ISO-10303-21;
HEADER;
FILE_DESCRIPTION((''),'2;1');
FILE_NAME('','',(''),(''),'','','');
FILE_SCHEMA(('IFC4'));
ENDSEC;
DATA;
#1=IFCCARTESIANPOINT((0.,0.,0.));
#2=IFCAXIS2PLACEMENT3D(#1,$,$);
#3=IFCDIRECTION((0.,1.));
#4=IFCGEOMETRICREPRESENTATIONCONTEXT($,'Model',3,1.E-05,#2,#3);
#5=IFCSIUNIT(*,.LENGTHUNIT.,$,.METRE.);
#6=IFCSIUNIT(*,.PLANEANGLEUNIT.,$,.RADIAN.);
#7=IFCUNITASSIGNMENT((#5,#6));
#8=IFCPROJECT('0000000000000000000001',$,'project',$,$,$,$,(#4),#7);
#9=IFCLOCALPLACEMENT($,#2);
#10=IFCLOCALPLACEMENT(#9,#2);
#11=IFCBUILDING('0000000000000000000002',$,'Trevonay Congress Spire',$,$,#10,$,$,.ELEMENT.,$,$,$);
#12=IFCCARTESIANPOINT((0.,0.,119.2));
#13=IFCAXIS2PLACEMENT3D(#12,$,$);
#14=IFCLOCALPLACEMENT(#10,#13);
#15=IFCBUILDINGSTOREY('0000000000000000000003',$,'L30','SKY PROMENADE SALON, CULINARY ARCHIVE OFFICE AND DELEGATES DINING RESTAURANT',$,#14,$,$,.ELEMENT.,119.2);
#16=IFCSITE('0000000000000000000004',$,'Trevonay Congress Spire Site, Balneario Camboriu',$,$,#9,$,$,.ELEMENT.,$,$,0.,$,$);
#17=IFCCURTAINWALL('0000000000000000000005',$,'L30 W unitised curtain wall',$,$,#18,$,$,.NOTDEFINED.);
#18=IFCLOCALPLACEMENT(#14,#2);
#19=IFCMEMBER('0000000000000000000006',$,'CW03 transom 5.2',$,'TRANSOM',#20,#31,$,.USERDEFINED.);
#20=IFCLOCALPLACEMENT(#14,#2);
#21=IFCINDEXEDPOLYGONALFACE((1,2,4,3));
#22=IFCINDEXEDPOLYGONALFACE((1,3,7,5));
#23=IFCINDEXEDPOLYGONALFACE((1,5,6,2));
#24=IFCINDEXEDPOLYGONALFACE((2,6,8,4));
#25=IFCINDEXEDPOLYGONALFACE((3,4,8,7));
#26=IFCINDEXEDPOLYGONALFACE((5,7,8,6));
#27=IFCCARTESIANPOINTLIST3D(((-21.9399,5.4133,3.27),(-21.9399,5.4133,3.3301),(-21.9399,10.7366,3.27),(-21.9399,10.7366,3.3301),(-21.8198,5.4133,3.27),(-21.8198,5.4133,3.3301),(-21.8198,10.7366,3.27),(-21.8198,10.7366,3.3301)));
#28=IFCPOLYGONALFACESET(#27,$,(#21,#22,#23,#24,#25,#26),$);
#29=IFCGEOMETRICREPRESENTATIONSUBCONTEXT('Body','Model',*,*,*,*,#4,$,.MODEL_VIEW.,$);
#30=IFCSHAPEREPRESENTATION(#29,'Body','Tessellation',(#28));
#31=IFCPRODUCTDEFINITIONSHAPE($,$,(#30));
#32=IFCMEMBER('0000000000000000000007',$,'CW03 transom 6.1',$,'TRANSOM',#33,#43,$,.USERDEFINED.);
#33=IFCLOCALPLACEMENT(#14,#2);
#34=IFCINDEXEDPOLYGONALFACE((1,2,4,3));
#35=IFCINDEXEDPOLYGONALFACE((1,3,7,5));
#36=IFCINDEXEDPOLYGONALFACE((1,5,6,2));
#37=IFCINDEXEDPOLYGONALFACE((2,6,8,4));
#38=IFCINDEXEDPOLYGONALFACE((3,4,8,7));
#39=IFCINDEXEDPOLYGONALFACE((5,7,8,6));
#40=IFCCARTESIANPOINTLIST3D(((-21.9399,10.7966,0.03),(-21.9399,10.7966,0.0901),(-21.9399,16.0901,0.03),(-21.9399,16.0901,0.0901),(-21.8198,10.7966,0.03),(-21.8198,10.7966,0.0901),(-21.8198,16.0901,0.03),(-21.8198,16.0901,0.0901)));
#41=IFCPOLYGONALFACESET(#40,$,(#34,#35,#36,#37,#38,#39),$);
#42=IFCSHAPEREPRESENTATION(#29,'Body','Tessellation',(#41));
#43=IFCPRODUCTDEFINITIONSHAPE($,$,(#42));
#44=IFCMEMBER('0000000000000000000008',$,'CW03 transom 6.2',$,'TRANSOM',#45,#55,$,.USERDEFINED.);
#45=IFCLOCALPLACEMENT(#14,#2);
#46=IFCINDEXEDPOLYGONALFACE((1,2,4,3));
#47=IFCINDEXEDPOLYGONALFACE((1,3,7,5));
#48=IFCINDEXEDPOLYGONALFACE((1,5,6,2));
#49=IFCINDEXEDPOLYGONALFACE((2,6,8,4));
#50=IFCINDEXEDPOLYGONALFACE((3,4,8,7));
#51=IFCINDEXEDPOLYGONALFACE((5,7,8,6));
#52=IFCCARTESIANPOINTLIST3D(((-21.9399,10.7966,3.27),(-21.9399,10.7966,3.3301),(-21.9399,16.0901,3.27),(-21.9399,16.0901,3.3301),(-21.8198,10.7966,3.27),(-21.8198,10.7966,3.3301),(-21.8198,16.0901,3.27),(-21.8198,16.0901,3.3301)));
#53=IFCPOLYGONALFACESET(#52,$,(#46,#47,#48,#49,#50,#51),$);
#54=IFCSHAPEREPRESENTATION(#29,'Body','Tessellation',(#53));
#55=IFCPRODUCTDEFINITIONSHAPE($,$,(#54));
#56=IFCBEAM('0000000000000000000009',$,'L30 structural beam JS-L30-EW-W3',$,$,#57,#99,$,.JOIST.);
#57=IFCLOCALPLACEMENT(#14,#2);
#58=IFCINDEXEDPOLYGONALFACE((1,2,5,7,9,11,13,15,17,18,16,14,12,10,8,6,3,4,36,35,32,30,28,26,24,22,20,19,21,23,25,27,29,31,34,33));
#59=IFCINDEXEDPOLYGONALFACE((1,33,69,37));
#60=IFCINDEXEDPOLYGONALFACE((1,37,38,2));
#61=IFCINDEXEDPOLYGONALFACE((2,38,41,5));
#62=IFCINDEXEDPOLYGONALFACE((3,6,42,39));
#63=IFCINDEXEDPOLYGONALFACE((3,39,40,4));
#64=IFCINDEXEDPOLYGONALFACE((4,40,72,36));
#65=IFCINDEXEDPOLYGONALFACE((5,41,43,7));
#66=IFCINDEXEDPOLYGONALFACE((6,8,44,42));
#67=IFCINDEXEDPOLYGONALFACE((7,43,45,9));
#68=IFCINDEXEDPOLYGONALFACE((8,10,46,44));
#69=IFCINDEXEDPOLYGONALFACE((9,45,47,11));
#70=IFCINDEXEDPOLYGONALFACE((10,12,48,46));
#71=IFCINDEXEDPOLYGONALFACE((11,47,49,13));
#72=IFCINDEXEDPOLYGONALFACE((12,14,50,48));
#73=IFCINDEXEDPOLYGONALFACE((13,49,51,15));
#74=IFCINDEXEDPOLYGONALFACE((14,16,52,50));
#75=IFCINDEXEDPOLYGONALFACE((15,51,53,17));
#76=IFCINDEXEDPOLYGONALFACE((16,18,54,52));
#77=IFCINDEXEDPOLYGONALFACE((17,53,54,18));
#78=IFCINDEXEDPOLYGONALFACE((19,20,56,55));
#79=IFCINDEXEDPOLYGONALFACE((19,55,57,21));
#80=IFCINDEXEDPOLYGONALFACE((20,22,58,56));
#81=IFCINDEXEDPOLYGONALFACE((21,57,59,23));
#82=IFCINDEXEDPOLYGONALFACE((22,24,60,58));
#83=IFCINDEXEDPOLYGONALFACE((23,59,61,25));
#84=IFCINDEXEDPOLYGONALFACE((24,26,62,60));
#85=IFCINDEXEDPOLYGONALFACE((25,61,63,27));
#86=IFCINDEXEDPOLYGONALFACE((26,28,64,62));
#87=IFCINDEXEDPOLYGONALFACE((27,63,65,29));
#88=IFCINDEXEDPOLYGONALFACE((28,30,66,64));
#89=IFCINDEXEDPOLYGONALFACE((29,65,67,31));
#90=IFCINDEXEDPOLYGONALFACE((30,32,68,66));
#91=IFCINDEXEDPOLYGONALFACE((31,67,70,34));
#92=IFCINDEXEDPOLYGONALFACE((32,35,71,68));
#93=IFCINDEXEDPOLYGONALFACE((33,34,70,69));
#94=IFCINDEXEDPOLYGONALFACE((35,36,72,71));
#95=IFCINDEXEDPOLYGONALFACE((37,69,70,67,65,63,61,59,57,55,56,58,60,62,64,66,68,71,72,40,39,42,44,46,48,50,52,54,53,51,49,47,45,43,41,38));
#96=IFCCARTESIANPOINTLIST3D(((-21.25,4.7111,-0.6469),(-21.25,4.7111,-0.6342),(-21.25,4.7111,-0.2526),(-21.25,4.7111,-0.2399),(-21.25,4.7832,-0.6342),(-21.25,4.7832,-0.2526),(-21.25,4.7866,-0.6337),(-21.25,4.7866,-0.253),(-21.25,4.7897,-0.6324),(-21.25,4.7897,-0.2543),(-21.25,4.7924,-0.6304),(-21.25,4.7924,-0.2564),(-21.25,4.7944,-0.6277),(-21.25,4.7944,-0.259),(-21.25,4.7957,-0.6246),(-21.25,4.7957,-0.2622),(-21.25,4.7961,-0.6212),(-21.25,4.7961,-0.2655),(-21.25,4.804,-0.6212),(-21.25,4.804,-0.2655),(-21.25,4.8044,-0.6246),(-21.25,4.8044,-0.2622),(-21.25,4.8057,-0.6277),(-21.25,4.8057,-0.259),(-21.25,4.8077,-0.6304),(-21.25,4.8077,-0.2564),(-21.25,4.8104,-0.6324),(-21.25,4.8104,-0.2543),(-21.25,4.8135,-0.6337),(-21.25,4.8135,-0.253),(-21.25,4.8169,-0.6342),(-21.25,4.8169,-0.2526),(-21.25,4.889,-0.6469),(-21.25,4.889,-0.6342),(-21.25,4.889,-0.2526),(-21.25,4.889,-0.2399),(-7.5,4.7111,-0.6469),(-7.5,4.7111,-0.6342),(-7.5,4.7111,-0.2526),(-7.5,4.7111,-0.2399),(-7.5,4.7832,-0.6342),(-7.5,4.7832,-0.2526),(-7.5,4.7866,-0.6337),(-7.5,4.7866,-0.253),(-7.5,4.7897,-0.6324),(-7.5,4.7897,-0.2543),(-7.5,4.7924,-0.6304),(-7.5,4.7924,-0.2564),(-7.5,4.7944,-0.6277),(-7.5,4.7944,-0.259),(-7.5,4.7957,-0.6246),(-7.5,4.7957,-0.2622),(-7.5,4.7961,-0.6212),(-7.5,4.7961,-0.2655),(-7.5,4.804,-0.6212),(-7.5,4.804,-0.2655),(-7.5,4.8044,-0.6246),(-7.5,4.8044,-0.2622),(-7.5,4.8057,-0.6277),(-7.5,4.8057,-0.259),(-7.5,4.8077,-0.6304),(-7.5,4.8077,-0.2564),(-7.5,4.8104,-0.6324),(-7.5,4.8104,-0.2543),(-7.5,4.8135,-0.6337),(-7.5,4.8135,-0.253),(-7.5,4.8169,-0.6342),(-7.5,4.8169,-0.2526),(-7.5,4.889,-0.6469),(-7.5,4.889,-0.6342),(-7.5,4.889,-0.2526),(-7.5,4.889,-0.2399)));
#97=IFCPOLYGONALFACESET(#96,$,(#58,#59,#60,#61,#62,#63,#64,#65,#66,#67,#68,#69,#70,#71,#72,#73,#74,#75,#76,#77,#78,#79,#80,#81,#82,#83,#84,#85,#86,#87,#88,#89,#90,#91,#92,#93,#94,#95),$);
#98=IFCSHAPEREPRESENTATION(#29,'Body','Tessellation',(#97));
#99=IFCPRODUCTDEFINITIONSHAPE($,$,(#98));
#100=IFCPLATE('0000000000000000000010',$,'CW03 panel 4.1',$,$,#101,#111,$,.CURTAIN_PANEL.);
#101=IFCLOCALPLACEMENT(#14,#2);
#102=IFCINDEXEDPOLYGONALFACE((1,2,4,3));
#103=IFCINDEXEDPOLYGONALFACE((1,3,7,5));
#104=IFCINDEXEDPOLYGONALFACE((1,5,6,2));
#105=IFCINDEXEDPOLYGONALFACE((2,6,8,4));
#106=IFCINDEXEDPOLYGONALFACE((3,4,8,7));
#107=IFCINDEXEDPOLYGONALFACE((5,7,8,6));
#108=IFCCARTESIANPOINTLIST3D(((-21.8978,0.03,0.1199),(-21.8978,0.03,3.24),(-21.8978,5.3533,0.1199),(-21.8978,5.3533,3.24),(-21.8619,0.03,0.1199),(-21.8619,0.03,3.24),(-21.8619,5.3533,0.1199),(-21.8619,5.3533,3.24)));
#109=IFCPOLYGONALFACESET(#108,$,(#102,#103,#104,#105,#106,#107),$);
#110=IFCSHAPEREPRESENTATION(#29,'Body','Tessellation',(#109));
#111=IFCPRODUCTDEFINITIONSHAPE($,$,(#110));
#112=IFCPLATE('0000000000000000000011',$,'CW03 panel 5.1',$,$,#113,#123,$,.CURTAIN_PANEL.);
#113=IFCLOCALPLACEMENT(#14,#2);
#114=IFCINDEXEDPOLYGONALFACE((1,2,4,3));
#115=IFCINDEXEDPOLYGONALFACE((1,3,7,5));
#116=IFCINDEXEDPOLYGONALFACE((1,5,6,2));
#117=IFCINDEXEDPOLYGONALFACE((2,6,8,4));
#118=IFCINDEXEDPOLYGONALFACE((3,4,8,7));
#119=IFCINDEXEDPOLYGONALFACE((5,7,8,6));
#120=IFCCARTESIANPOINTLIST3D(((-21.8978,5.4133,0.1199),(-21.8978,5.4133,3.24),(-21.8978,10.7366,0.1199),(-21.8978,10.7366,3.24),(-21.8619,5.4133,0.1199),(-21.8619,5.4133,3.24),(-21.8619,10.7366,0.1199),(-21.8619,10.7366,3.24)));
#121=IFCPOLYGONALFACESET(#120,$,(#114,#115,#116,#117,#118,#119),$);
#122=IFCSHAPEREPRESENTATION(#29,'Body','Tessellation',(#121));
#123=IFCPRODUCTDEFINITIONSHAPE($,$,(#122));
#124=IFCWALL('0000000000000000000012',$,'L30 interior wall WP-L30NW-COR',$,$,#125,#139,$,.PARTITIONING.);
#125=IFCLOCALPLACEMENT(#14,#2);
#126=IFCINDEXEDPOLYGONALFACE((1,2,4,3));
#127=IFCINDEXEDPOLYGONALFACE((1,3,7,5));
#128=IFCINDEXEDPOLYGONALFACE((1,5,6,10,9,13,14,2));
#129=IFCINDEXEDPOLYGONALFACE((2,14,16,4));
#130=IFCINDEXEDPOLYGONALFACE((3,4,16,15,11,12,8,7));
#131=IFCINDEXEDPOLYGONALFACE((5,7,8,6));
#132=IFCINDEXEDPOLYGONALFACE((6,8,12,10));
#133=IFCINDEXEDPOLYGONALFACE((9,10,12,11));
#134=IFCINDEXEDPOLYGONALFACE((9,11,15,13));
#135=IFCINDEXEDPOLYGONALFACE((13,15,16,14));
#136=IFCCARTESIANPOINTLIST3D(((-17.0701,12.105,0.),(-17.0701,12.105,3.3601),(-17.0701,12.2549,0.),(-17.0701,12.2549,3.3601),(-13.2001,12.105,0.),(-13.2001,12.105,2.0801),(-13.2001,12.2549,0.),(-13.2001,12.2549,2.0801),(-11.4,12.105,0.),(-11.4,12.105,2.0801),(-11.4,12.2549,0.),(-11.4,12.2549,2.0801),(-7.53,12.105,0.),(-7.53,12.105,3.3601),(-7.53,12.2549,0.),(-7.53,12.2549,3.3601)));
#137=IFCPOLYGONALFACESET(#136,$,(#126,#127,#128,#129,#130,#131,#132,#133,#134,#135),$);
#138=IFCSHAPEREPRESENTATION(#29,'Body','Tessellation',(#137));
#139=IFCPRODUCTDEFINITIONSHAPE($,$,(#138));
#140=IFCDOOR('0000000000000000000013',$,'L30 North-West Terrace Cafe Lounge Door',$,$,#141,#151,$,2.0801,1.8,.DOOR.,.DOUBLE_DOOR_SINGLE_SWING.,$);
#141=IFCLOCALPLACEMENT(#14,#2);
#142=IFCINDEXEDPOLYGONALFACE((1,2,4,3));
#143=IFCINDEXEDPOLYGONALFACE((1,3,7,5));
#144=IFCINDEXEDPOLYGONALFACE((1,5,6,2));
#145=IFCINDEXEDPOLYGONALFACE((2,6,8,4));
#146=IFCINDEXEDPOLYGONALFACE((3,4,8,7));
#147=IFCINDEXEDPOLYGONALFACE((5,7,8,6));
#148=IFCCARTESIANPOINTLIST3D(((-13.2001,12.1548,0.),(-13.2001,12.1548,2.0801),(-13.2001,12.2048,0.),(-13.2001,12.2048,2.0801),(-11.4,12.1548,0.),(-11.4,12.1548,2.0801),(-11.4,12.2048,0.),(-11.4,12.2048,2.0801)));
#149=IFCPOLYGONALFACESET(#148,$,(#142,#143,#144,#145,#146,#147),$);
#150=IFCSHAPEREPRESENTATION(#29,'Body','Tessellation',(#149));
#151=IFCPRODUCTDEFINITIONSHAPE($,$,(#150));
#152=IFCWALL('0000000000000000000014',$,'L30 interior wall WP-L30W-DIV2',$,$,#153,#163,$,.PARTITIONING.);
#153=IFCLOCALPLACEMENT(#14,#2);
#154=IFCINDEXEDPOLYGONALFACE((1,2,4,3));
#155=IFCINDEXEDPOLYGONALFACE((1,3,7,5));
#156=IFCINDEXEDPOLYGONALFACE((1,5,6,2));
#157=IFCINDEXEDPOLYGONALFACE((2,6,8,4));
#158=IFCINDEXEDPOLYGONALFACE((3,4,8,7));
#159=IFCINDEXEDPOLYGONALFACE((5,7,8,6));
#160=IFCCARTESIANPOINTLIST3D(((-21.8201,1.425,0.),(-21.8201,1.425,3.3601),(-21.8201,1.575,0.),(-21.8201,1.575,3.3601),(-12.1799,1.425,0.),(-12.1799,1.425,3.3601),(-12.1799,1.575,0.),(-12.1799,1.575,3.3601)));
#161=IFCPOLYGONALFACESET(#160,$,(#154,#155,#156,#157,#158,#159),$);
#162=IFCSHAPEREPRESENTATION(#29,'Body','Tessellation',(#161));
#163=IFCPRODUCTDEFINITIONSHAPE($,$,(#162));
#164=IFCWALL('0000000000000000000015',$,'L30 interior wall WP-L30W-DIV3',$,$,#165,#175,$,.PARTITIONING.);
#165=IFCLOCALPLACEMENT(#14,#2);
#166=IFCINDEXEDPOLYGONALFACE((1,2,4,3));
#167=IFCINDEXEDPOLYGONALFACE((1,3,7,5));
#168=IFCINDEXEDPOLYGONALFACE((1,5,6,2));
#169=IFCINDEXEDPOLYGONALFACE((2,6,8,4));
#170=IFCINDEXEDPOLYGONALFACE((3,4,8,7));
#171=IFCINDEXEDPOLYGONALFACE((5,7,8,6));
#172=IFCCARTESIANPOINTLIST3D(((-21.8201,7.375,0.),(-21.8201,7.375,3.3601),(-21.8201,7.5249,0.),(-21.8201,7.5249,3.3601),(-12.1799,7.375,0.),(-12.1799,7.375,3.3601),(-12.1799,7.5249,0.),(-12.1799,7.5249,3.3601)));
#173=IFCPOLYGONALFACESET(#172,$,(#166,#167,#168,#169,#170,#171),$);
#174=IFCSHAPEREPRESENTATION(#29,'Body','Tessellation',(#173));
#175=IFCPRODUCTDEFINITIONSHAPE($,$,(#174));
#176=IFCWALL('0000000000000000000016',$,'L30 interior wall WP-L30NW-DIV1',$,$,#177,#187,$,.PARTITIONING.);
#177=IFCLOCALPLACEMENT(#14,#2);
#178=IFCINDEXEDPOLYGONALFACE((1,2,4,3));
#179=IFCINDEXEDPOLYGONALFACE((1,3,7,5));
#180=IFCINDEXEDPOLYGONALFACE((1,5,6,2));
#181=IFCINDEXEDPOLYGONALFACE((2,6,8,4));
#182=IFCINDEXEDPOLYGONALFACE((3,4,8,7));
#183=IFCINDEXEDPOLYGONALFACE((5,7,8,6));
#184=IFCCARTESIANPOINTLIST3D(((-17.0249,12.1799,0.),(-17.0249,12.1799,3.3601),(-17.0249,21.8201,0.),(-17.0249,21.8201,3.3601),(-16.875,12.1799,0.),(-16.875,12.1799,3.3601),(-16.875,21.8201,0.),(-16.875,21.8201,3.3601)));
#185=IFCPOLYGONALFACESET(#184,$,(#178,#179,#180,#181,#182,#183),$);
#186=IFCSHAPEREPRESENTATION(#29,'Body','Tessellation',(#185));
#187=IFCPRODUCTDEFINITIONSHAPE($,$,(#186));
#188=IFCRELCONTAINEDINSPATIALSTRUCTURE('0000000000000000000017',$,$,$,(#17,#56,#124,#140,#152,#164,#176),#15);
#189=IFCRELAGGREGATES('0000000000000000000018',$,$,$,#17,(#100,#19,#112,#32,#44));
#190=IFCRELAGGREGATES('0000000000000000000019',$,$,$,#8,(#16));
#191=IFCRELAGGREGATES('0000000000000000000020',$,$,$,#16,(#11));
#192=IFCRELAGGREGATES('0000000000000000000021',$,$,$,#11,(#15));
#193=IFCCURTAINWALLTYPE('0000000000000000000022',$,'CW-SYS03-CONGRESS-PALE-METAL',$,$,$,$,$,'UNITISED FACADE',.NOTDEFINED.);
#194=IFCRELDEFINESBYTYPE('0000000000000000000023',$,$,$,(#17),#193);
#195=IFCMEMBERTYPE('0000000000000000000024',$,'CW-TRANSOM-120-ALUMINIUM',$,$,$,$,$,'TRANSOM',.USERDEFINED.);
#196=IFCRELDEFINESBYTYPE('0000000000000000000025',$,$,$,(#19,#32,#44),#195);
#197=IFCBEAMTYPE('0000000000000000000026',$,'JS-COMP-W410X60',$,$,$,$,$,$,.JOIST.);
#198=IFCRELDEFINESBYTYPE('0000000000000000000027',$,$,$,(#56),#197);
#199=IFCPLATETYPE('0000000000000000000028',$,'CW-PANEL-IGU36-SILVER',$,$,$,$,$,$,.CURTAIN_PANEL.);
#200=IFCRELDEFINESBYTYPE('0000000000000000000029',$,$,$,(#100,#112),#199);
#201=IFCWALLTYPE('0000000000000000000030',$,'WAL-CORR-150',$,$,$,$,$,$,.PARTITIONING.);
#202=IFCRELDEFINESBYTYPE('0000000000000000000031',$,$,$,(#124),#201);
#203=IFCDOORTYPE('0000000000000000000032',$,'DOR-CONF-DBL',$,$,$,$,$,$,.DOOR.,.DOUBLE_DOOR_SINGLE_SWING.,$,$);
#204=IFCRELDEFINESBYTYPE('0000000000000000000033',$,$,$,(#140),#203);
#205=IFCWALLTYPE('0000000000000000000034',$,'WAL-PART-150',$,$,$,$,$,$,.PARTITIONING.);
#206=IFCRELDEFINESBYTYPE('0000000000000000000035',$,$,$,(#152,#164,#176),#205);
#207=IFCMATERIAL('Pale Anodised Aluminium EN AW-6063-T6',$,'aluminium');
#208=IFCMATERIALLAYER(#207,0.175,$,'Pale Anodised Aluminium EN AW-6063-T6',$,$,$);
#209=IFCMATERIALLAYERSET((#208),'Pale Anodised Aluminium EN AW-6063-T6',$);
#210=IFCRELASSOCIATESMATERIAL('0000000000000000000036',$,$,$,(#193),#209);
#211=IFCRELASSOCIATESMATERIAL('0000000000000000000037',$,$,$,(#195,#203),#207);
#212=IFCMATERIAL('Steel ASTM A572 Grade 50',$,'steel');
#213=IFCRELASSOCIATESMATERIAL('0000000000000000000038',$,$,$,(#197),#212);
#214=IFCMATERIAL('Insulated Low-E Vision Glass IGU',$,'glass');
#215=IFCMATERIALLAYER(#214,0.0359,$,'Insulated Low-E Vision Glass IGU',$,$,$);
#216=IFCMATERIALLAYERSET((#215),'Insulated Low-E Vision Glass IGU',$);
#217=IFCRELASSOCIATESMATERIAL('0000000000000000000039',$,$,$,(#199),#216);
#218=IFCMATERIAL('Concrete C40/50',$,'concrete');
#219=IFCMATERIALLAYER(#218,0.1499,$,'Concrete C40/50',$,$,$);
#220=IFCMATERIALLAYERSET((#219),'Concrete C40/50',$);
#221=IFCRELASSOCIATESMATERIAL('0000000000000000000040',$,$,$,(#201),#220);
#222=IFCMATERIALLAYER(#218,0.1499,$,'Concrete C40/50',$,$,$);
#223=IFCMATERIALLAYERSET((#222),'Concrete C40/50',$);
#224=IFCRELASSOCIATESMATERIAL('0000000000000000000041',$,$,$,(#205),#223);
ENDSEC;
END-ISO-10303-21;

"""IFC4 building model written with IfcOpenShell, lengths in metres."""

from ifc_helpers import new_model, si_unit, direction, frame, frame_2d, origin, origin_2d, place, context, subcontext, project, spatial, rectangle, i_section, extrude, material, layer, layer_set, material_profile, profile_set, type_object, element, fill, aggregate, save


model = new_model("IFC4")

# Units and contexts
model_context = context("Model", 3, precision=1e-05, world=origin(), true_north=direction((0.0, 1.0)))
body_context = subcontext(model_context, "Body", "Model", "MODEL_VIEW")
ifc_project = project(units=[si_unit("LENGTHUNIT", "METRE"), si_unit("PLANEANGLEUNIT", "RADIAN")], contexts=[model_context])

# Site, building, storey
site_placement = place(None, origin())
site = spatial("IfcSite", under=ifc_project, at=site_placement, Name="Trevonay Congress Spire Site, Balneario Camboriu", CompositionType="ELEMENT", RefElevation=0.0)
building_placement = place(site_placement, origin())
building = spatial("IfcBuilding", under=site, at=building_placement, Name="Trevonay Congress Spire", CompositionType="ELEMENT")
storey_placement = place(building_placement, frame((0.0, 0.0, 119.2)))
storey = spatial("IfcBuildingStorey", under=building, at=storey_placement, Name="L30", Description="SKY PROMENADE SALON, CULINARY ARCHIVE OFFICE AND DELEGATES DINING RESTAURANT", CompositionType="ELEMENT", Elevation=119.2)

# Shared definitions
ifc_material_1 = material(Name="Steel ASTM A572 Grade 50", Category="steel")

# Curtain wall, members
ifc_material_2 = material(Name="Pale Anodised Aluminium EN AW-6063-T6", Category="aluminium")
ifc_layer_1 = layer(ifc_material_2, 0.175, Name="Pale Anodised Aluminium EN AW-6063-T6")
ifc_layer_set_1 = layer_set([ifc_layer_1], Name="Pale Anodised Aluminium EN AW-6063-T6")
curtain_wall_type = type_object("IfcCurtainWallType", Name="CW-SYS03-CONGRESS-PALE-METAL", ElementType="UNITISED FACADE", PredefinedType="NOTDEFINED", material=ifc_layer_set_1)
curtain_wall_placement = place(storey_placement, origin())
curtain_wall = element("IfcCurtainWall", 1, at=curtain_wall_placement, inside=storey, type_object=curtain_wall_type, Name="L30 W unitised curtain wall", PredefinedType="NOTDEFINED")
ifc_material_profile_1 = material_profile(ifc_material_2, rectangle(XDim=0.1201, YDim=0.0601, at=origin_2d()), Name="CW-TRANSOM-120-ALUMINIUM")
ifc_profile_set_1 = profile_set([ifc_material_profile_1], Name="Pale Anodised Aluminium EN AW-6063-T6")
member_type_1 = type_object("IfcMemberType", Name="CW-TRANSOM-120-ALUMINIUM", ElementType="TRANSOM", PredefinedType="USERDEFINED", material=ifc_profile_set_1)
member_1_placement = place(storey_placement, frame((-21.8799, 5.4133, 3.3), z_axis=(0.0, 1.0, 0.0), x_axis=(-1.0, 0.0, 0.0)))
member_1 = element("IfcMember", 2, at=member_1_placement, type_object=member_type_1, Name="CW03 transom 5.2", ObjectType="TRANSOM", PredefinedType="USERDEFINED", context=body_context, shape_type="SweptSolid", body=[
    extrude(rectangle(XDim=0.1201, YDim=0.0601, at=origin_2d()), origin(), (0.0, 0.0, 1.0), 5.3232),
])
member_2_placement = place(storey_placement, frame((-21.8799, 10.7966, 0.0601), z_axis=(0.0, 1.0, 0.0), x_axis=(-1.0, 0.0, 0.0)))
member_2 = element("IfcMember", 3, at=member_2_placement, type_object=member_type_1, Name="CW03 transom 6.1", ObjectType="TRANSOM", PredefinedType="USERDEFINED", context=body_context, shape_type="SweptSolid", body=[
    extrude(rectangle(XDim=0.1201, YDim=0.0601, at=origin_2d()), origin(), (0.0, 0.0, 1.0), 5.2935),
])
member_3_placement = place(storey_placement, frame((-21.8799, 10.7966, 3.3), z_axis=(0.0, 1.0, 0.0), x_axis=(-1.0, 0.0, 0.0)))
member_3 = element("IfcMember", 4, at=member_3_placement, type_object=member_type_1, Name="CW03 transom 6.2", ObjectType="TRANSOM", PredefinedType="USERDEFINED", context=body_context, shape_type="SweptSolid", body=[
    extrude(rectangle(XDim=0.1201, YDim=0.0601, at=origin_2d()), origin(), (0.0, 0.0, 1.0), 5.2935),
])

# Beam
ifc_material_profile_2 = material_profile(ifc_material_1, i_section(OverallWidth=0.178, OverallDepth=0.407, WebThickness=0.0078, FlangeThickness=0.0127, FilletRadius=0.0129, at=origin_2d()), Name="W410x60")
ifc_profile_set_2 = profile_set([ifc_material_profile_2], Name="Steel ASTM A572 Grade 50")
beam_type_1 = type_object("IfcBeamType", Name="JS-COMP-W410X60", PredefinedType="JOIST", material=ifc_profile_set_2)
beam_placement = place(storey_placement, frame((-21.25, 4.8, -0.4434), z_axis=(1.0, 0.0, 0.0), x_axis=(0.0, 1.0, 0.0)))
element("IfcBeam", 5, at=beam_placement, inside=storey, type_object=beam_type_1, Name="L30 structural beam JS-L30-EW-W3", PredefinedType="JOIST", context=body_context, shape_type="SweptSolid", body=[
    extrude(i_section(OverallWidth=0.178, OverallDepth=0.407, WebThickness=0.0078, FlangeThickness=0.0127, FilletRadius=0.0129, at=origin_2d()), origin(), (0.0, 0.0, 1.0), 13.75),
])

# Plates
ifc_material_3 = material(Name="Insulated Low-E Vision Glass IGU", Category="glass")
ifc_layer_2 = layer(ifc_material_3, 0.0359, Name="Insulated Low-E Vision Glass IGU")
ifc_layer_set_2 = layer_set([ifc_layer_2], Name="Insulated Low-E Vision Glass IGU")
plate_type = type_object("IfcPlateType", Name="CW-PANEL-IGU36-SILVER", PredefinedType="CURTAIN_PANEL", material=ifc_layer_set_2)
plate_1_placement = place(storey_placement, frame((-21.8799, 2.6917, 0.1199), z_axis=(0.0, 0.0, 1.0), x_axis=(0.0, 1.0, 0.0)))
plate_1 = element("IfcPlate", 6, at=plate_1_placement, type_object=plate_type, Name="CW03 panel 4.1", PredefinedType="CURTAIN_PANEL", context=body_context, shape_type="SweptSolid", body=[
    extrude(rectangle(XDim=5.3232, YDim=0.0359, at=origin_2d()), origin(), (0.0, 0.0, 1.0), 3.1201),
])
plate_2_placement = place(storey_placement, frame((-21.8799, 8.075, 0.1199), z_axis=(0.0, 0.0, 1.0), x_axis=(0.0, 1.0, 0.0)))
plate_2 = element("IfcPlate", 7, at=plate_2_placement, type_object=plate_type, Name="CW03 panel 5.1", PredefinedType="CURTAIN_PANEL", context=body_context, shape_type="SweptSolid", body=[
    extrude(rectangle(XDim=5.3232, YDim=0.0359, at=origin_2d()), origin(), (0.0, 0.0, 1.0), 3.1201),
])
aggregate(curtain_wall, [plate_1, member_1, plate_2, member_2, member_3])

# Wall, opening, door
ifc_material_4 = material(Name="Concrete C40/50", Category="concrete")
ifc_layer_3 = layer(ifc_material_4, 0.1499, Name="Concrete C40/50")
ifc_layer_set_3 = layer_set([ifc_layer_3], Name="Concrete C40/50")
wall_type_1 = type_object("IfcWallType", Name="WAL-CORR-150", PredefinedType="PARTITIONING", material=ifc_layer_set_3)
wall_placement = place(storey_placement, frame((-17.0701, 12.1799, 0.0), z_axis=(0.0, 0.0, 1.0), x_axis=(1.0, 0.0, 0.0)))
wall = element("IfcWall", 8, at=wall_placement, inside=storey, type_object=wall_type_1, Name="L30 interior wall WP-L30NW-COR", PredefinedType="PARTITIONING", context=body_context, shape_type="SweptSolid", body=[
    extrude(rectangle(XDim=9.54, YDim=0.1499, at=frame_2d((4.77, 0.0))), origin(), (0.0, 0.0, 1.0), 3.3601),
])
opening_placement = place(wall_placement, frame((3.8701, 0.0, 0.0)))
opening = element("IfcOpeningElement", 9, at=opening_placement, cuts=wall, PredefinedType="OPENING", context=body_context, shape_type="SweptSolid", body=[
    extrude(rectangle(XDim=1.8, YDim=2.0801, at=frame_2d((0.8999, 1.04))), frame((0.0, 0.085, 0.0), z_axis=(0.0, -1.0, 0.0), x_axis=(1.0, 0.0, 0.0)), (0.0, 0.0, 1.0), 0.1699),
])
door_type = type_object("IfcDoorType", Name="DOR-CONF-DBL", OperationType="DOUBLE_DOOR_SINGLE_SWING", PredefinedType="DOOR", material=ifc_material_2)
door_placement = place(opening_placement, origin())
door = element("IfcDoor", 10, at=door_placement, inside=storey, type_object=door_type, Name="L30 North-West Terrace Cafe Lounge Door", OperationType="DOUBLE_DOOR_SINGLE_SWING", OverallHeight=2.0801, OverallWidth=1.8, PredefinedType="DOOR", context=body_context, shape_type="SweptSolid", body=[
    extrude(rectangle(XDim=1.8, YDim=2.0801, at=frame_2d((0.8999, 1.04))), frame((0.0, 0.0249, 0.0), z_axis=(0.0, -1.0, 0.0), x_axis=(1.0, 0.0, 0.0)), (0.0, 0.0, 1.0), 0.05),
])
fill(opening, door)

# Walls
ifc_layer_4 = layer(ifc_material_4, 0.1499, Name="Concrete C40/50")
ifc_layer_set_4 = layer_set([ifc_layer_4], Name="Concrete C40/50")
wall_type_2 = type_object("IfcWallType", Name="WAL-PART-150", PredefinedType="PARTITIONING", material=ifc_layer_set_4)
for number, where, z_axis, x_axis, name in (
    (11, (-21.8201, 1.5, 0.0), (0.0, 0.0, 1.0), (1.0, 0.0, 0.0), "L30 interior wall WP-L30W-DIV2"),
    (12, (-21.8201, 7.45, 0.0), (0.0, 0.0, 1.0), (1.0, 0.0, 0.0), "L30 interior wall WP-L30W-DIV3"),
    (13, (-16.95, 12.1799, 0.0), (0.0, 0.0, 1.0), (0.0, 1.0, 0.0), "L30 interior wall WP-L30NW-DIV1"),
):
    element("IfcWall", number, at=place(storey_placement, frame(where, z_axis=z_axis, x_axis=x_axis)), inside=storey, type_object=wall_type_2, Name=name, PredefinedType="PARTITIONING", context=body_context, shape_type="SweptSolid", body=[
        extrude(rectangle(XDim=9.6401, YDim=0.1499, at=frame_2d((4.8201, 0.0))), origin(), (0.0, 0.0, 1.0), 3.3601),
    ])

save(model, "model.ifc")
